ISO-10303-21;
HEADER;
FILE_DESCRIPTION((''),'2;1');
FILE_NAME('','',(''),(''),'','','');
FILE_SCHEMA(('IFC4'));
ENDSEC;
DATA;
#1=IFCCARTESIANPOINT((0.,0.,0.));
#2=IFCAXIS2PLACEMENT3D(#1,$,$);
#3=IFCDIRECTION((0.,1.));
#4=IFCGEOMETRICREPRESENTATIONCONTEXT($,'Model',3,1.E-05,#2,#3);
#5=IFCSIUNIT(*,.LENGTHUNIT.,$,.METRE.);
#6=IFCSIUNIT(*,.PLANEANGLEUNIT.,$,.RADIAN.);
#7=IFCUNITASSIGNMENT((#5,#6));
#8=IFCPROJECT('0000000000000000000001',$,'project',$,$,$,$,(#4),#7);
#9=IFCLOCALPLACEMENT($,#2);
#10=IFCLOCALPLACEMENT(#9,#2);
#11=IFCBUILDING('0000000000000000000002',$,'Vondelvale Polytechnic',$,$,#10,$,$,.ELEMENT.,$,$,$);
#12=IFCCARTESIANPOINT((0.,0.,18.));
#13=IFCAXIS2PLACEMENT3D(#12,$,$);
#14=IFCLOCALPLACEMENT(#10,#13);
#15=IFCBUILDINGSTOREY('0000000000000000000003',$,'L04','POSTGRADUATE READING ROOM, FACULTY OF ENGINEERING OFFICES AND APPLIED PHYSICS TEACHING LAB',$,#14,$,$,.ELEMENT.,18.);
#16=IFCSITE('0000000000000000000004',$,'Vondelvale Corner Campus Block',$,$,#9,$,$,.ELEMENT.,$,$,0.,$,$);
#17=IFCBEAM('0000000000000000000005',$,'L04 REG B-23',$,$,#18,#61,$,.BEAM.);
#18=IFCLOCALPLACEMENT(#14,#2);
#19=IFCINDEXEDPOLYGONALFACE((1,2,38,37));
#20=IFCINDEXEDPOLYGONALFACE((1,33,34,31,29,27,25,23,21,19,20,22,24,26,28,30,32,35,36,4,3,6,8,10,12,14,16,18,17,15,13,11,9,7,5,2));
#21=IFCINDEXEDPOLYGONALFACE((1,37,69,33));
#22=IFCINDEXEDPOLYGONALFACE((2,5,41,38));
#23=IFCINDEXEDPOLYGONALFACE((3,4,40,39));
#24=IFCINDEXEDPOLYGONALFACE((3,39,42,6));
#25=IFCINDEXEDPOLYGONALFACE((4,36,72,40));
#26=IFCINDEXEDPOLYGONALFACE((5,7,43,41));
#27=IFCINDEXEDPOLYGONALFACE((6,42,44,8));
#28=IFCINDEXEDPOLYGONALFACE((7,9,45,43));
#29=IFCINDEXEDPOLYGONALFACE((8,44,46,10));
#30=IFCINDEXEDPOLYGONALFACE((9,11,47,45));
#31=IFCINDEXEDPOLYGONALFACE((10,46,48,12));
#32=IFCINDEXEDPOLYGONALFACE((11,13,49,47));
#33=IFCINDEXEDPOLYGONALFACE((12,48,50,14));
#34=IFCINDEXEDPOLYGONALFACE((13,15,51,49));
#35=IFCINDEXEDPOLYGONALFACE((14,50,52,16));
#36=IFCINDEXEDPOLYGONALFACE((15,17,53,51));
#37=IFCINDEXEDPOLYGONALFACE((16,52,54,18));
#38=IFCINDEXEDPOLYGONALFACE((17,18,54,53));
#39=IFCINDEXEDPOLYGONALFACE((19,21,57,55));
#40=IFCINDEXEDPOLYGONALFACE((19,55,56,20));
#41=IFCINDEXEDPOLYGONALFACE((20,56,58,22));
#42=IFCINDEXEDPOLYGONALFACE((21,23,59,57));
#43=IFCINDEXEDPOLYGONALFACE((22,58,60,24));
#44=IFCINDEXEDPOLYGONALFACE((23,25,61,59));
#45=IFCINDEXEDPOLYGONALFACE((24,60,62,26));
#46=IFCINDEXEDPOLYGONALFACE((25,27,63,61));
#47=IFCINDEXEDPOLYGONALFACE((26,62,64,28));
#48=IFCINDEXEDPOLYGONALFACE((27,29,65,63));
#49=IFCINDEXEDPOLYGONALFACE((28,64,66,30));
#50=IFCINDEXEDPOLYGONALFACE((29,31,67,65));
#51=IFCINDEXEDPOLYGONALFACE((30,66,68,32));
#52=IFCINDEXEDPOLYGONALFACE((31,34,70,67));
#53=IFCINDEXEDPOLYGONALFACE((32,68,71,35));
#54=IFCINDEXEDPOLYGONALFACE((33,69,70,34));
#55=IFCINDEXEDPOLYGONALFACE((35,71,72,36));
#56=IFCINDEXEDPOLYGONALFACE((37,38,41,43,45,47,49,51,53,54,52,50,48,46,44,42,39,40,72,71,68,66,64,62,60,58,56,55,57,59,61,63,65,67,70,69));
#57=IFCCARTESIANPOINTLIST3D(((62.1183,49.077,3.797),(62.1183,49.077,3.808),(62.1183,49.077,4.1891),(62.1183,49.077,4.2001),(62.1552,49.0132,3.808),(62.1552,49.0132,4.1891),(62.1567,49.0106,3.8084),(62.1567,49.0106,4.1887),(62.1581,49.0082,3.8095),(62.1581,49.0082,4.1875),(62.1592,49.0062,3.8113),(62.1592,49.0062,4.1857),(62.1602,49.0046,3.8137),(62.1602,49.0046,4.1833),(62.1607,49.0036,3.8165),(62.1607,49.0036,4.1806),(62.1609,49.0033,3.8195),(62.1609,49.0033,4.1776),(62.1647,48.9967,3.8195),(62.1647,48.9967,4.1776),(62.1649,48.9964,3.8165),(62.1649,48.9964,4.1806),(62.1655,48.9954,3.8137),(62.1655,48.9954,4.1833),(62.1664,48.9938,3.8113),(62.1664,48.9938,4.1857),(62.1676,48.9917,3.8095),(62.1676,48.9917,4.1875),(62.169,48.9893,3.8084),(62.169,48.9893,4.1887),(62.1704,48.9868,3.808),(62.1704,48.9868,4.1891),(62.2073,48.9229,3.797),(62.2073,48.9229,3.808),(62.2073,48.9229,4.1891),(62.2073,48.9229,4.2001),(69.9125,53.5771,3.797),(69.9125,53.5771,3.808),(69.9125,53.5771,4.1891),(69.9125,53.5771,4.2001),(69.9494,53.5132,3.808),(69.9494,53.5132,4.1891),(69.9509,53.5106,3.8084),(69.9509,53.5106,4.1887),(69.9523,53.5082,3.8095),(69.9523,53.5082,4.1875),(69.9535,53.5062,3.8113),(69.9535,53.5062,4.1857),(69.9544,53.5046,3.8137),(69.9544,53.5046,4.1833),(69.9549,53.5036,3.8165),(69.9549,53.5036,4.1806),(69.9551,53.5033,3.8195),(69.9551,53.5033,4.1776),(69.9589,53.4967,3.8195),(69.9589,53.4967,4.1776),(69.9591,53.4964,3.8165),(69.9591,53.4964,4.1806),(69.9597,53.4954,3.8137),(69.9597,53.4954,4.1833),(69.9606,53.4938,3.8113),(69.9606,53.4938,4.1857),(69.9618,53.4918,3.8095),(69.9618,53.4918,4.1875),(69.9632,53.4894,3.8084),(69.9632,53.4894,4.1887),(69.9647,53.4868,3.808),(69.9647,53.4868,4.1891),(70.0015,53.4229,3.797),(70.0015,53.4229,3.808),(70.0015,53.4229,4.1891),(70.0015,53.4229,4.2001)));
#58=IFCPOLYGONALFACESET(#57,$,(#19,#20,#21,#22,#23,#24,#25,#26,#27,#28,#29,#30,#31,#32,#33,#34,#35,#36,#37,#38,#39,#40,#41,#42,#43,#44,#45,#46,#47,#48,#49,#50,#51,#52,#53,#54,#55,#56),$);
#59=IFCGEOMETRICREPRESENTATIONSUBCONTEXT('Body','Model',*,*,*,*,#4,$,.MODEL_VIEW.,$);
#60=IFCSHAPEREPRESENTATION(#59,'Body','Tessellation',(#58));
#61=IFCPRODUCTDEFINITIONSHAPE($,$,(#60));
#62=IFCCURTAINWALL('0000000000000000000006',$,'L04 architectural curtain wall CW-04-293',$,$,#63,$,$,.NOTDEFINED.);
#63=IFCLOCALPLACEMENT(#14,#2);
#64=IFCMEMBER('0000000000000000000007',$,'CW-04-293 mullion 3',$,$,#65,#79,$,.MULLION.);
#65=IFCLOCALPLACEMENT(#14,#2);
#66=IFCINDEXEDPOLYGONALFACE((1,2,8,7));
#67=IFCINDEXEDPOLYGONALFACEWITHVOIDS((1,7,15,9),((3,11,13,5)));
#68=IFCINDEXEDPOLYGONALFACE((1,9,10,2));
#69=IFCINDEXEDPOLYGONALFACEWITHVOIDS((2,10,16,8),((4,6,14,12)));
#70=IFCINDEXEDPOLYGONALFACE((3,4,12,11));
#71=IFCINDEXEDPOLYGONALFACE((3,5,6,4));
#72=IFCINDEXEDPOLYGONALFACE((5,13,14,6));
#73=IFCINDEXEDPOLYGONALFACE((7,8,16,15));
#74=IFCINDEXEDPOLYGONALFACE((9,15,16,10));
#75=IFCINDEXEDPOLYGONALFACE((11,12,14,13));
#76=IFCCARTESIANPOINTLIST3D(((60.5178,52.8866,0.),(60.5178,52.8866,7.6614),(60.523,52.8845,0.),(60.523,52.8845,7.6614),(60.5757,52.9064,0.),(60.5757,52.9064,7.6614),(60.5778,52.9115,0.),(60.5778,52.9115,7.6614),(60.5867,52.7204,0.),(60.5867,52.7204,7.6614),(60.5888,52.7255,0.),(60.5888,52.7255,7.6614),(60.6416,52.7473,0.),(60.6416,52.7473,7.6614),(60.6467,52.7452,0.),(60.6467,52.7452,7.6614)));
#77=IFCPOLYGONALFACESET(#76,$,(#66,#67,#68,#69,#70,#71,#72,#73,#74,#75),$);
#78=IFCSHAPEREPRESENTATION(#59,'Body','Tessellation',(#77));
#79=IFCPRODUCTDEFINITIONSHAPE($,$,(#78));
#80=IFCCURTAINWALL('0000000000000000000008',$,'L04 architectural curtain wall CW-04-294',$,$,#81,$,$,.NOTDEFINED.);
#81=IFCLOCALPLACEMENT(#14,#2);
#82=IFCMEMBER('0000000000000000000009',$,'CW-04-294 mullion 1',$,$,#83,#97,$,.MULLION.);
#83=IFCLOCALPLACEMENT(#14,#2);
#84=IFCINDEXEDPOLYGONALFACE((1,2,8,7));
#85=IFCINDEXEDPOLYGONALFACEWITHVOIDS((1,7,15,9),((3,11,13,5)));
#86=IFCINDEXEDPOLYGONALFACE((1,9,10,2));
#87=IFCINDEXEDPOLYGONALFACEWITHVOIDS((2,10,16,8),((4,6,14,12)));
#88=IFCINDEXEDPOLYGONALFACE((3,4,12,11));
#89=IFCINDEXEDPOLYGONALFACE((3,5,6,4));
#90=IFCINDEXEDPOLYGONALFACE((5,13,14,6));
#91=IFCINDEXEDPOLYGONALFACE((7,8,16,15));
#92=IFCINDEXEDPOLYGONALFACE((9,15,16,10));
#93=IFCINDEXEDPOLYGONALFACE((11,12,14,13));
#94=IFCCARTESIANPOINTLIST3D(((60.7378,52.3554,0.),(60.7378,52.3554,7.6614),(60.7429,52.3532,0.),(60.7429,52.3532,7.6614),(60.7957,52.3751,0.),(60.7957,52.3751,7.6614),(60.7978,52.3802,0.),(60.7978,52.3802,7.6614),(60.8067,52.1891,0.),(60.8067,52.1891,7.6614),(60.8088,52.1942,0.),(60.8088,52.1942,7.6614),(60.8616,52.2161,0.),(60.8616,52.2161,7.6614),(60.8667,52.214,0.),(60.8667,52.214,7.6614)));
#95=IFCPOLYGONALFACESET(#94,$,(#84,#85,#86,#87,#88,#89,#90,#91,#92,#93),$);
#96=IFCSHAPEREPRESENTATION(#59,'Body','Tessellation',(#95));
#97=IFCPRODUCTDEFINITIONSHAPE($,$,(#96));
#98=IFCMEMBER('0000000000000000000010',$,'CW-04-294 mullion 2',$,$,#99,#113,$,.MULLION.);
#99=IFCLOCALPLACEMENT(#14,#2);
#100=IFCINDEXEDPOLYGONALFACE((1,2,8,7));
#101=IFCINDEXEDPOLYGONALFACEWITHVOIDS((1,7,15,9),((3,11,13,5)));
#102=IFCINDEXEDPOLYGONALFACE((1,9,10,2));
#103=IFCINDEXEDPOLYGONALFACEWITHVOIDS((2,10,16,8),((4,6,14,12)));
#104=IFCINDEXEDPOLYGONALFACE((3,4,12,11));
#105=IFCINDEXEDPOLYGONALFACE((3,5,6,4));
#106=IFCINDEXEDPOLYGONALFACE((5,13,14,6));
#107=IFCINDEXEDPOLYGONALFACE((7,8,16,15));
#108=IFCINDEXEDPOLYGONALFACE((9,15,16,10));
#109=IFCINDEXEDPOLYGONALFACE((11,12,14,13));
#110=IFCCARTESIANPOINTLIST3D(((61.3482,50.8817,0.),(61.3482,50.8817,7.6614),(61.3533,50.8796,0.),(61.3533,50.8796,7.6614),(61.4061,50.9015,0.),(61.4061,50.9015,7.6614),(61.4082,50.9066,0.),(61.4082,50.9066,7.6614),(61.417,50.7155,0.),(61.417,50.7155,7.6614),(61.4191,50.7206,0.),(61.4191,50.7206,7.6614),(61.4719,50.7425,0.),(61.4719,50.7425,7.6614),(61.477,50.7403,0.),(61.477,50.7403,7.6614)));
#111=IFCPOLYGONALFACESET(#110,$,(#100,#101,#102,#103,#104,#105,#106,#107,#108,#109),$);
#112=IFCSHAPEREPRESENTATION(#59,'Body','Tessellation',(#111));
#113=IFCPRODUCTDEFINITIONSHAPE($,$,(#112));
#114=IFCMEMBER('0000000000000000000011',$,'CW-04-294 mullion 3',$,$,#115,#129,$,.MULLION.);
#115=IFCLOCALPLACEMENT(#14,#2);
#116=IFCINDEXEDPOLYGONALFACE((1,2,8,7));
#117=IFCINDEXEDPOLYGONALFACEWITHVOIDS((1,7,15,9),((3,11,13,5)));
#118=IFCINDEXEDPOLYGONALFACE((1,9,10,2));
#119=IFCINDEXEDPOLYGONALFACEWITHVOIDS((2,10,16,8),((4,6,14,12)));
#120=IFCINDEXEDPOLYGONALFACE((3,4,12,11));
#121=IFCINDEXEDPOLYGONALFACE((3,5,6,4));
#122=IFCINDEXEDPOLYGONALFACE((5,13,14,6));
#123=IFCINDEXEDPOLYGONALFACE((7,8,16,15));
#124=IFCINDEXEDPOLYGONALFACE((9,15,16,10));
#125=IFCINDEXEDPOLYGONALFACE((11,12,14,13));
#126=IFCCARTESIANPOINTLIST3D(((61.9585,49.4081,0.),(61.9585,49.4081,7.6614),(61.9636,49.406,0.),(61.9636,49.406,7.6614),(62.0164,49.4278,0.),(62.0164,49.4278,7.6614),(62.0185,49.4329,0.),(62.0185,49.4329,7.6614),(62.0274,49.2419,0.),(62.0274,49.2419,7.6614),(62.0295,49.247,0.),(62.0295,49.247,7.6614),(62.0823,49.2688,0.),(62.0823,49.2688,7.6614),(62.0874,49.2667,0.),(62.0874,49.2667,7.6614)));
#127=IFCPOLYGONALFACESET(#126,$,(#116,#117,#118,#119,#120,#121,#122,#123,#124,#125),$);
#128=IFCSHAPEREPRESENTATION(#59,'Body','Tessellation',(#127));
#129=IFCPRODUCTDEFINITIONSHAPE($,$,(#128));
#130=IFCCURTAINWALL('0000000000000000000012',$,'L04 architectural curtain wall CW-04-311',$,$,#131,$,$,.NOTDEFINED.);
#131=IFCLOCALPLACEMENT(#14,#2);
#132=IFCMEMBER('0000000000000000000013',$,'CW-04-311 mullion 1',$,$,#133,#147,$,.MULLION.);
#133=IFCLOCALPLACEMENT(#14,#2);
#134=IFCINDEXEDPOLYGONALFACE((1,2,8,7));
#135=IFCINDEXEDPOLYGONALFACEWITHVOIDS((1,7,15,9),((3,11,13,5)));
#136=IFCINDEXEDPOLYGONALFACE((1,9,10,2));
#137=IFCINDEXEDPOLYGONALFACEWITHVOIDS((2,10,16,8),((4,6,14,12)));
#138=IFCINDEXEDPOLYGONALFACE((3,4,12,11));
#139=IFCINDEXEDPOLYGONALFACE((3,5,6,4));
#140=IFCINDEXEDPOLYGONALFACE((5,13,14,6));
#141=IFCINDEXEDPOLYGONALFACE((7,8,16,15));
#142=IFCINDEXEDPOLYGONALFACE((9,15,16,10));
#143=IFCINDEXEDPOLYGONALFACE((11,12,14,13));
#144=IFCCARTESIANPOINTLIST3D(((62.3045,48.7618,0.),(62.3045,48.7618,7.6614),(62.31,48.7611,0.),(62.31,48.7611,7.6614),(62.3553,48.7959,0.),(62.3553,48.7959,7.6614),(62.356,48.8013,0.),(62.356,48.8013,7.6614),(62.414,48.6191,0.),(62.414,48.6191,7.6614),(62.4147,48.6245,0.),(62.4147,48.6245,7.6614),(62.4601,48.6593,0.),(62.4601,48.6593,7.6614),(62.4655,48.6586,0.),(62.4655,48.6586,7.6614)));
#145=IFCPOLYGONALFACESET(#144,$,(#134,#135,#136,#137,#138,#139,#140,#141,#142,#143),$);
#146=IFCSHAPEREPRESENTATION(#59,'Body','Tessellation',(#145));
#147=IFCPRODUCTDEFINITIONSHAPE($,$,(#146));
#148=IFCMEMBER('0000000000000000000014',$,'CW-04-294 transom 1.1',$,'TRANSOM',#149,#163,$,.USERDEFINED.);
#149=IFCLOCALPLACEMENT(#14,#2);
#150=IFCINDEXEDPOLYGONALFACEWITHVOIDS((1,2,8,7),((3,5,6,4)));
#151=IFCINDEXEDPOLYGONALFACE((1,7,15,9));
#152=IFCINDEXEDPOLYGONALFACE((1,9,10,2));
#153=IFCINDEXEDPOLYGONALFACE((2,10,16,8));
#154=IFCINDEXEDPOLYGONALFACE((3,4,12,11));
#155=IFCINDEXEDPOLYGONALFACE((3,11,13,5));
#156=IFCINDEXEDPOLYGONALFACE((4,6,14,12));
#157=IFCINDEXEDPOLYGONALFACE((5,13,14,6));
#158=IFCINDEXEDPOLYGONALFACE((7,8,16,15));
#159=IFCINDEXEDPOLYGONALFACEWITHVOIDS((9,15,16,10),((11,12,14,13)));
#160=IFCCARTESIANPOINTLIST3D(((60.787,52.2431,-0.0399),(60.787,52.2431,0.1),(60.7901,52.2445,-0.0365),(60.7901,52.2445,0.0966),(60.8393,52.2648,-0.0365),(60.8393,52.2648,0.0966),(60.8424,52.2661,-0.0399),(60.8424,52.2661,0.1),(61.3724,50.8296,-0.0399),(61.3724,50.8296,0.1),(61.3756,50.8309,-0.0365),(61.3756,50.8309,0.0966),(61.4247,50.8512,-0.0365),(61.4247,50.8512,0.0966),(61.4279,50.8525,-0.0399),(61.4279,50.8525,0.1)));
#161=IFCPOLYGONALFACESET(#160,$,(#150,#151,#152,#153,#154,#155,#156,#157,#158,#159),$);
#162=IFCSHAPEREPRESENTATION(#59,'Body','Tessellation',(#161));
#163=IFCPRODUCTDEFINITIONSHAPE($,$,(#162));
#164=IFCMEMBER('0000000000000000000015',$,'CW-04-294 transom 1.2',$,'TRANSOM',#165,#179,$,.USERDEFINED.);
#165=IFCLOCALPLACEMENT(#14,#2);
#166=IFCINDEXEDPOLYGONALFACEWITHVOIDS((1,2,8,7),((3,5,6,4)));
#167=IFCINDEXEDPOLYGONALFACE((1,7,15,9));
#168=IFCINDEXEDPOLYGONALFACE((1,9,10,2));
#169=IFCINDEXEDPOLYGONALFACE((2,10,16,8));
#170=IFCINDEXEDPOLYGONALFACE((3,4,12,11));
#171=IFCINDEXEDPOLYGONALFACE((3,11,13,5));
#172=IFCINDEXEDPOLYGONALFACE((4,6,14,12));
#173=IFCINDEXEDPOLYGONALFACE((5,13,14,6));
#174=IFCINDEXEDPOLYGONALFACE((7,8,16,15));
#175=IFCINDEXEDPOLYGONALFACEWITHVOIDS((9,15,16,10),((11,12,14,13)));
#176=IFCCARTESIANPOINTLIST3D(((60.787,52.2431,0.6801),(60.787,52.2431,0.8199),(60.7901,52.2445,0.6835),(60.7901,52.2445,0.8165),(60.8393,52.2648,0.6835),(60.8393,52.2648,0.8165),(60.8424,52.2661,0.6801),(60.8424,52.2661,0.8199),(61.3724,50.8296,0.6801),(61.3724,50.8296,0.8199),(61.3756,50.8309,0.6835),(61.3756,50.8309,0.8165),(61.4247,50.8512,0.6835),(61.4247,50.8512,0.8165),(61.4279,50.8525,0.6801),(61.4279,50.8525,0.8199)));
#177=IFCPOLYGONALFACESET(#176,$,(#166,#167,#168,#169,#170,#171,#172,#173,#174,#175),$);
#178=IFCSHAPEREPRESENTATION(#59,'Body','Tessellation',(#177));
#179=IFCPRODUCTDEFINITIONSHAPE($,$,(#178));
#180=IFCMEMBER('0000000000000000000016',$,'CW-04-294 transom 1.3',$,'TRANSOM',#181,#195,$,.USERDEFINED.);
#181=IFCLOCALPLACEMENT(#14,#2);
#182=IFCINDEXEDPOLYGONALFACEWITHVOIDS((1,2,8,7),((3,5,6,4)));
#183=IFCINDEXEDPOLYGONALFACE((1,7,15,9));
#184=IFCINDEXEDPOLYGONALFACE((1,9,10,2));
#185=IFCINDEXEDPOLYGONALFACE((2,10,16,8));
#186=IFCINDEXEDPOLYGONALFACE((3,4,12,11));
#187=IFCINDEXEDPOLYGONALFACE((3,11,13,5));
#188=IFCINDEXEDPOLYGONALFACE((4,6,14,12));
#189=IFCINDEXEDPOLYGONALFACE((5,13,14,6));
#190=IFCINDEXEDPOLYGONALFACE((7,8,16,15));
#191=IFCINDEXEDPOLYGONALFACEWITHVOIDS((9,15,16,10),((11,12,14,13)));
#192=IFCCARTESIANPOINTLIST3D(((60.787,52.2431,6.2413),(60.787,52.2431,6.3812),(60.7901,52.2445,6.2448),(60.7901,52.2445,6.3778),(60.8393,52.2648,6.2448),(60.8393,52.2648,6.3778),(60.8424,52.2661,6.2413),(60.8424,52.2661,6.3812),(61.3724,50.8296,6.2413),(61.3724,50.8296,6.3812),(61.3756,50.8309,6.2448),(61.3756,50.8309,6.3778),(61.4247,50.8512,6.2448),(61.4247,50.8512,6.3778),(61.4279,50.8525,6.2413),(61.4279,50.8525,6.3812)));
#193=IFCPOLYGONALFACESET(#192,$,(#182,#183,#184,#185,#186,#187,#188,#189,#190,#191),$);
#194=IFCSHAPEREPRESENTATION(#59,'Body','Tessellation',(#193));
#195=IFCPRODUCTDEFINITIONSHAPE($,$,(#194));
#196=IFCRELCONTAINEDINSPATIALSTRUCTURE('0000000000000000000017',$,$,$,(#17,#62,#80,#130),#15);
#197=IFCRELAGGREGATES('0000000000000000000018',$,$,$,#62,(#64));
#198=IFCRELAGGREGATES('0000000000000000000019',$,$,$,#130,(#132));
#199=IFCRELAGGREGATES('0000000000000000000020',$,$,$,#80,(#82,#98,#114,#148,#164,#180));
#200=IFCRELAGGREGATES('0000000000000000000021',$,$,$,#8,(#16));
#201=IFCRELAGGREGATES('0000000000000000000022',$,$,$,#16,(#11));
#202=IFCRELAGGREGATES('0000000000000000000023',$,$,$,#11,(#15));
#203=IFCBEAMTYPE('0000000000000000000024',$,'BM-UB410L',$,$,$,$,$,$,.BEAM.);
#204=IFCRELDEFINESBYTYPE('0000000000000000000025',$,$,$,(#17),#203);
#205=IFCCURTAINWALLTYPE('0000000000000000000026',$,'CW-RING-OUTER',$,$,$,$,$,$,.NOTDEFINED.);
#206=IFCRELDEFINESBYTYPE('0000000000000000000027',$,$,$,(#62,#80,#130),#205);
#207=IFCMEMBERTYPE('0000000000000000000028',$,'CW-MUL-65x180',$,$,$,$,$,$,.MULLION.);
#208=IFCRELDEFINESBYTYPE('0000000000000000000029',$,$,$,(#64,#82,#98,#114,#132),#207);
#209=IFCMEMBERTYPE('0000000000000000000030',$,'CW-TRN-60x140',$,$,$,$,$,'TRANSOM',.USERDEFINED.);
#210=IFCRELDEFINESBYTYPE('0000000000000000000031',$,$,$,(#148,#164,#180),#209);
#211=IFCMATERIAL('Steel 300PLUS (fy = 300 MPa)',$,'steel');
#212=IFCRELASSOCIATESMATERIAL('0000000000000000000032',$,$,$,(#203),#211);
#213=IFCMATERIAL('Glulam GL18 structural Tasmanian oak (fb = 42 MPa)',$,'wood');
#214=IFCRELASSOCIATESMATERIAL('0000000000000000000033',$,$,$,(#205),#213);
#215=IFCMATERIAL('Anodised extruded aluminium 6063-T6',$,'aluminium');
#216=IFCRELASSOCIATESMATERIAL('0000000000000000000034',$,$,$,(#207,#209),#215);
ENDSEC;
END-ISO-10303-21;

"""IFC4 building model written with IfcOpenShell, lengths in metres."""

from ifc_helpers import new_model, si_unit, direction, frame, origin, origin_2d, place, context, subcontext, project, spatial, hollow_rectangle, i_section, extrude, material, material_profile, profile_set, type_object, element, aggregate, save


model = new_model("IFC4")

# Units and contexts
model_context = context("Model", 3, precision=1e-05, world=origin(), true_north=direction((0.0, 1.0)))
body_context = subcontext(model_context, "Body", "Model", "MODEL_VIEW")
ifc_project = project(units=[si_unit("LENGTHUNIT", "METRE"), si_unit("PLANEANGLEUNIT", "RADIAN")], contexts=[model_context])

# Site, building, storey
site_placement = place(None, origin())
site = spatial("IfcSite", under=ifc_project, at=site_placement, Name="Vondelvale Corner Campus Block", CompositionType="ELEMENT", RefElevation=0.0)
building_placement = place(site_placement, origin())
building = spatial("IfcBuilding", under=site, at=building_placement, Name="Vondelvale Polytechnic", CompositionType="ELEMENT")
storey_placement = place(building_placement, frame((0.0, 0.0, 18.0)))
storey = spatial("IfcBuildingStorey", under=building, at=storey_placement, Name="L04", Description="POSTGRADUATE READING ROOM, FACULTY OF ENGINEERING OFFICES AND APPLIED PHYSICS TEACHING LAB", CompositionType="ELEMENT", Elevation=18.0)

# Shared definitions
ifc_material_1 = material(Name="Glulam GL18 structural Tasmanian oak (fb = 42 MPa)", Category="wood")
ifc_material_2 = material(Name="Steel 300PLUS (fy = 300 MPa)", Category="steel")

# Beam
ifc_material_profile_1 = material_profile(ifc_material_2, i_section(OverallWidth=0.178, OverallDepth=0.4031, WebThickness=0.0076, FlangeThickness=0.011, FilletRadius=0.0115, at=origin_2d()), Name="410UB53.7")
ifc_profile_set_1 = profile_set([ifc_material_profile_1], Name="Steel 300PLUS (fy = 300 MPa)")
beam_type_1 = type_object("IfcBeamType", Name="BM-UB410L", PredefinedType="BEAM", material=ifc_profile_set_1)
beam_1_placement = place(storey_placement, frame((69.957, 53.5, 3.9985), z_axis=(-0.866024, -0.500002, 0.0), x_axis=(0.500002, -0.866024, 0.0)))
element("IfcBeam", 1, at=beam_1_placement, inside=storey, type_object=beam_type_1, Name="L04 REG B-23", PredefinedType="BEAM", context=body_context, shape_type="SweptSolid", body=[
    extrude(i_section(OverallWidth=0.178, OverallDepth=0.4031, WebThickness=0.0076, FlangeThickness=0.011, FilletRadius=0.0115, at=origin_2d()), origin(), (0.0, 0.0, 1.0), 9.0),
])

# Curtain wall, member
curtain_wall_type = type_object("IfcCurtainWallType", Name="CW-RING-OUTER", PredefinedType="NOTDEFINED", material=ifc_material_1)
curtain_wall_1_placement = place(storey_placement, origin())
curtain_wall_1 = element("IfcCurtainWall", 2, at=curtain_wall_1_placement, inside=storey, type_object=curtain_wall_type, Name="L04 architectural curtain wall CW-04-293", PredefinedType="NOTDEFINED")
ifc_material_3 = material(Name="Anodised extruded aluminium 6063-T6", Category="aluminium")
ifc_material_profile_2 = material_profile(ifc_material_3, hollow_rectangle(XDim=0.0649, YDim=0.1799, WallThickness=0.0039, at=origin_2d()), Name="CW-MUL-180x65")
ifc_profile_set_2 = profile_set([ifc_material_profile_2], Name="Anodised extruded aluminium 6063-T6")
member_type_1 = type_object("IfcMemberType", Name="CW-MUL-65x180", PredefinedType="MULLION", material=ifc_profile_set_2)
member_1_placement = place(storey_placement, frame((60.5823, 52.8159, 0.0), z_axis=(0.0, 0.0, 1.0), x_axis=(0.923875, 0.382695, 0.0)))
member_1 = element("IfcMember", 3, at=member_1_placement, type_object=member_type_1, Name="CW-04-293 mullion 3", PredefinedType="MULLION", context=body_context, shape_type="SweptSolid", body=[
    extrude(hollow_rectangle(XDim=0.0649, YDim=0.1799, WallThickness=0.0039, at=origin_2d()), origin(), (0.0, 0.0, 1.0), 7.6614),
])
aggregate(curtain_wall_1, [member_1])

# Curtain wall, members
curtain_wall_2_placement = place(storey_placement, origin())
curtain_wall_2 = element("IfcCurtainWall", 4, at=curtain_wall_2_placement, inside=storey, type_object=curtain_wall_type, Name="L04 architectural curtain wall CW-04-294", PredefinedType="NOTDEFINED")
member_2_placement = place(storey_placement, frame((60.8022, 52.2847, 0.0), z_axis=(0.0, 0.0, 1.0), x_axis=(0.923882, 0.382677, 0.0)))
member_2 = element("IfcMember", 5, at=member_2_placement, type_object=member_type_1, Name="CW-04-294 mullion 1", PredefinedType="MULLION", context=body_context, shape_type="SweptSolid", body=[
    extrude(hollow_rectangle(XDim=0.0649, YDim=0.1799, WallThickness=0.0039, at=origin_2d()), origin(), (0.0, 0.0, 1.0), 7.6614),
])
member_3_placement = place(storey_placement, frame((61.4126, 50.811, 0.0), z_axis=(0.0, 0.0, 1.0), x_axis=(0.923882, 0.382677, 0.0)))
member_3 = element("IfcMember", 6, at=member_3_placement, type_object=member_type_1, Name="CW-04-294 mullion 2", PredefinedType="MULLION", context=body_context, shape_type="SweptSolid", body=[
    extrude(hollow_rectangle(XDim=0.0649, YDim=0.1799, WallThickness=0.0039, at=origin_2d()), origin(), (0.0, 0.0, 1.0), 7.6614),
])
member_4_placement = place(storey_placement, frame((62.0229, 49.3374, 0.0), z_axis=(0.0, 0.0, 1.0), x_axis=(0.923882, 0.382677, 0.0)))
member_4 = element("IfcMember", 7, at=member_4_placement, type_object=member_type_1, Name="CW-04-294 mullion 3", PredefinedType="MULLION", context=body_context, shape_type="SweptSolid", body=[
    extrude(hollow_rectangle(XDim=0.0649, YDim=0.1799, WallThickness=0.0039, at=origin_2d()), origin(), (0.0, 0.0, 1.0), 7.6614),
])

# Curtain wall, member
curtain_wall_3_placement = place(storey_placement, origin())
curtain_wall_3 = element("IfcCurtainWall", 8, at=curtain_wall_3_placement, inside=storey, type_object=curtain_wall_type, Name="L04 architectural curtain wall CW-04-311", PredefinedType="NOTDEFINED")
member_5_placement = place(storey_placement, frame((62.385, 48.7102, 0.0), z_axis=(0.0, 0.0, 1.0), x_axis=(0.793334, 0.608787, 0.0)))
member_5 = element("IfcMember", 9, at=member_5_placement, type_object=member_type_1, Name="CW-04-311 mullion 1", PredefinedType="MULLION", context=body_context, shape_type="SweptSolid", body=[
    extrude(hollow_rectangle(XDim=0.0649, YDim=0.1799, WallThickness=0.0039, at=origin_2d()), origin(), (0.0, 0.0, 1.0), 7.6614),
])
aggregate(curtain_wall_3, [member_5])

# Members
ifc_material_profile_3 = material_profile(ifc_material_3, hollow_rectangle(XDim=0.0601, YDim=0.1399, WallThickness=0.0034, at=origin_2d()), Name="CW-TRN-140x60")
ifc_profile_set_3 = profile_set([ifc_material_profile_3], Name="Anodised extruded aluminium 6063-T6")
member_type_2 = type_object("IfcMemberType", Name="CW-TRN-60x140", ElementType="TRANSOM", PredefinedType="USERDEFINED", material=ifc_profile_set_3)
member_6_placement = place(storey_placement, frame((60.8147, 52.2546, 0.03), z_axis=(0.382643, -0.923896, 0.0), x_axis=(0.923896, 0.382643, 0.0)))
member_6 = element("IfcMember", 10, at=member_6_placement, type_object=member_type_2, Name="CW-04-294 transom 1.1", ObjectType="TRANSOM", PredefinedType="USERDEFINED", context=body_context, shape_type="SweptSolid", body=[
    extrude(hollow_rectangle(XDim=0.0601, YDim=0.1399, WallThickness=0.0034, at=origin_2d()), origin(), (0.0, 0.0, 1.0), 1.53),
])
member_7_placement = place(storey_placement, frame((60.8147, 52.2546, 0.75), z_axis=(0.382643, -0.923896, 0.0), x_axis=(0.923896, 0.382643, 0.0)))
member_7 = element("IfcMember", 11, at=member_7_placement, type_object=member_type_2, Name="CW-04-294 transom 1.2", ObjectType="TRANSOM", PredefinedType="USERDEFINED", context=body_context, shape_type="SweptSolid", body=[
    extrude(hollow_rectangle(XDim=0.0601, YDim=0.1399, WallThickness=0.0034, at=origin_2d()), origin(), (0.0, 0.0, 1.0), 1.53),
])
member_8_placement = place(storey_placement, frame((60.8147, 52.2546, 6.3113), z_axis=(0.382643, -0.923896, 0.0), x_axis=(0.923896, 0.382643, 0.0)))
member_8 = element("IfcMember", 12, at=member_8_placement, type_object=member_type_2, Name="CW-04-294 transom 1.3", ObjectType="TRANSOM", PredefinedType="USERDEFINED", context=body_context, shape_type="SweptSolid", body=[
    extrude(hollow_rectangle(XDim=0.0601, YDim=0.1399, WallThickness=0.0034, at=origin_2d()), origin(), (0.0, 0.0, 1.0), 1.53),
])

aggregate(curtain_wall_2, [member_2, member_3, member_4, member_6, member_7, member_8])

save(model, "model.ifc")
